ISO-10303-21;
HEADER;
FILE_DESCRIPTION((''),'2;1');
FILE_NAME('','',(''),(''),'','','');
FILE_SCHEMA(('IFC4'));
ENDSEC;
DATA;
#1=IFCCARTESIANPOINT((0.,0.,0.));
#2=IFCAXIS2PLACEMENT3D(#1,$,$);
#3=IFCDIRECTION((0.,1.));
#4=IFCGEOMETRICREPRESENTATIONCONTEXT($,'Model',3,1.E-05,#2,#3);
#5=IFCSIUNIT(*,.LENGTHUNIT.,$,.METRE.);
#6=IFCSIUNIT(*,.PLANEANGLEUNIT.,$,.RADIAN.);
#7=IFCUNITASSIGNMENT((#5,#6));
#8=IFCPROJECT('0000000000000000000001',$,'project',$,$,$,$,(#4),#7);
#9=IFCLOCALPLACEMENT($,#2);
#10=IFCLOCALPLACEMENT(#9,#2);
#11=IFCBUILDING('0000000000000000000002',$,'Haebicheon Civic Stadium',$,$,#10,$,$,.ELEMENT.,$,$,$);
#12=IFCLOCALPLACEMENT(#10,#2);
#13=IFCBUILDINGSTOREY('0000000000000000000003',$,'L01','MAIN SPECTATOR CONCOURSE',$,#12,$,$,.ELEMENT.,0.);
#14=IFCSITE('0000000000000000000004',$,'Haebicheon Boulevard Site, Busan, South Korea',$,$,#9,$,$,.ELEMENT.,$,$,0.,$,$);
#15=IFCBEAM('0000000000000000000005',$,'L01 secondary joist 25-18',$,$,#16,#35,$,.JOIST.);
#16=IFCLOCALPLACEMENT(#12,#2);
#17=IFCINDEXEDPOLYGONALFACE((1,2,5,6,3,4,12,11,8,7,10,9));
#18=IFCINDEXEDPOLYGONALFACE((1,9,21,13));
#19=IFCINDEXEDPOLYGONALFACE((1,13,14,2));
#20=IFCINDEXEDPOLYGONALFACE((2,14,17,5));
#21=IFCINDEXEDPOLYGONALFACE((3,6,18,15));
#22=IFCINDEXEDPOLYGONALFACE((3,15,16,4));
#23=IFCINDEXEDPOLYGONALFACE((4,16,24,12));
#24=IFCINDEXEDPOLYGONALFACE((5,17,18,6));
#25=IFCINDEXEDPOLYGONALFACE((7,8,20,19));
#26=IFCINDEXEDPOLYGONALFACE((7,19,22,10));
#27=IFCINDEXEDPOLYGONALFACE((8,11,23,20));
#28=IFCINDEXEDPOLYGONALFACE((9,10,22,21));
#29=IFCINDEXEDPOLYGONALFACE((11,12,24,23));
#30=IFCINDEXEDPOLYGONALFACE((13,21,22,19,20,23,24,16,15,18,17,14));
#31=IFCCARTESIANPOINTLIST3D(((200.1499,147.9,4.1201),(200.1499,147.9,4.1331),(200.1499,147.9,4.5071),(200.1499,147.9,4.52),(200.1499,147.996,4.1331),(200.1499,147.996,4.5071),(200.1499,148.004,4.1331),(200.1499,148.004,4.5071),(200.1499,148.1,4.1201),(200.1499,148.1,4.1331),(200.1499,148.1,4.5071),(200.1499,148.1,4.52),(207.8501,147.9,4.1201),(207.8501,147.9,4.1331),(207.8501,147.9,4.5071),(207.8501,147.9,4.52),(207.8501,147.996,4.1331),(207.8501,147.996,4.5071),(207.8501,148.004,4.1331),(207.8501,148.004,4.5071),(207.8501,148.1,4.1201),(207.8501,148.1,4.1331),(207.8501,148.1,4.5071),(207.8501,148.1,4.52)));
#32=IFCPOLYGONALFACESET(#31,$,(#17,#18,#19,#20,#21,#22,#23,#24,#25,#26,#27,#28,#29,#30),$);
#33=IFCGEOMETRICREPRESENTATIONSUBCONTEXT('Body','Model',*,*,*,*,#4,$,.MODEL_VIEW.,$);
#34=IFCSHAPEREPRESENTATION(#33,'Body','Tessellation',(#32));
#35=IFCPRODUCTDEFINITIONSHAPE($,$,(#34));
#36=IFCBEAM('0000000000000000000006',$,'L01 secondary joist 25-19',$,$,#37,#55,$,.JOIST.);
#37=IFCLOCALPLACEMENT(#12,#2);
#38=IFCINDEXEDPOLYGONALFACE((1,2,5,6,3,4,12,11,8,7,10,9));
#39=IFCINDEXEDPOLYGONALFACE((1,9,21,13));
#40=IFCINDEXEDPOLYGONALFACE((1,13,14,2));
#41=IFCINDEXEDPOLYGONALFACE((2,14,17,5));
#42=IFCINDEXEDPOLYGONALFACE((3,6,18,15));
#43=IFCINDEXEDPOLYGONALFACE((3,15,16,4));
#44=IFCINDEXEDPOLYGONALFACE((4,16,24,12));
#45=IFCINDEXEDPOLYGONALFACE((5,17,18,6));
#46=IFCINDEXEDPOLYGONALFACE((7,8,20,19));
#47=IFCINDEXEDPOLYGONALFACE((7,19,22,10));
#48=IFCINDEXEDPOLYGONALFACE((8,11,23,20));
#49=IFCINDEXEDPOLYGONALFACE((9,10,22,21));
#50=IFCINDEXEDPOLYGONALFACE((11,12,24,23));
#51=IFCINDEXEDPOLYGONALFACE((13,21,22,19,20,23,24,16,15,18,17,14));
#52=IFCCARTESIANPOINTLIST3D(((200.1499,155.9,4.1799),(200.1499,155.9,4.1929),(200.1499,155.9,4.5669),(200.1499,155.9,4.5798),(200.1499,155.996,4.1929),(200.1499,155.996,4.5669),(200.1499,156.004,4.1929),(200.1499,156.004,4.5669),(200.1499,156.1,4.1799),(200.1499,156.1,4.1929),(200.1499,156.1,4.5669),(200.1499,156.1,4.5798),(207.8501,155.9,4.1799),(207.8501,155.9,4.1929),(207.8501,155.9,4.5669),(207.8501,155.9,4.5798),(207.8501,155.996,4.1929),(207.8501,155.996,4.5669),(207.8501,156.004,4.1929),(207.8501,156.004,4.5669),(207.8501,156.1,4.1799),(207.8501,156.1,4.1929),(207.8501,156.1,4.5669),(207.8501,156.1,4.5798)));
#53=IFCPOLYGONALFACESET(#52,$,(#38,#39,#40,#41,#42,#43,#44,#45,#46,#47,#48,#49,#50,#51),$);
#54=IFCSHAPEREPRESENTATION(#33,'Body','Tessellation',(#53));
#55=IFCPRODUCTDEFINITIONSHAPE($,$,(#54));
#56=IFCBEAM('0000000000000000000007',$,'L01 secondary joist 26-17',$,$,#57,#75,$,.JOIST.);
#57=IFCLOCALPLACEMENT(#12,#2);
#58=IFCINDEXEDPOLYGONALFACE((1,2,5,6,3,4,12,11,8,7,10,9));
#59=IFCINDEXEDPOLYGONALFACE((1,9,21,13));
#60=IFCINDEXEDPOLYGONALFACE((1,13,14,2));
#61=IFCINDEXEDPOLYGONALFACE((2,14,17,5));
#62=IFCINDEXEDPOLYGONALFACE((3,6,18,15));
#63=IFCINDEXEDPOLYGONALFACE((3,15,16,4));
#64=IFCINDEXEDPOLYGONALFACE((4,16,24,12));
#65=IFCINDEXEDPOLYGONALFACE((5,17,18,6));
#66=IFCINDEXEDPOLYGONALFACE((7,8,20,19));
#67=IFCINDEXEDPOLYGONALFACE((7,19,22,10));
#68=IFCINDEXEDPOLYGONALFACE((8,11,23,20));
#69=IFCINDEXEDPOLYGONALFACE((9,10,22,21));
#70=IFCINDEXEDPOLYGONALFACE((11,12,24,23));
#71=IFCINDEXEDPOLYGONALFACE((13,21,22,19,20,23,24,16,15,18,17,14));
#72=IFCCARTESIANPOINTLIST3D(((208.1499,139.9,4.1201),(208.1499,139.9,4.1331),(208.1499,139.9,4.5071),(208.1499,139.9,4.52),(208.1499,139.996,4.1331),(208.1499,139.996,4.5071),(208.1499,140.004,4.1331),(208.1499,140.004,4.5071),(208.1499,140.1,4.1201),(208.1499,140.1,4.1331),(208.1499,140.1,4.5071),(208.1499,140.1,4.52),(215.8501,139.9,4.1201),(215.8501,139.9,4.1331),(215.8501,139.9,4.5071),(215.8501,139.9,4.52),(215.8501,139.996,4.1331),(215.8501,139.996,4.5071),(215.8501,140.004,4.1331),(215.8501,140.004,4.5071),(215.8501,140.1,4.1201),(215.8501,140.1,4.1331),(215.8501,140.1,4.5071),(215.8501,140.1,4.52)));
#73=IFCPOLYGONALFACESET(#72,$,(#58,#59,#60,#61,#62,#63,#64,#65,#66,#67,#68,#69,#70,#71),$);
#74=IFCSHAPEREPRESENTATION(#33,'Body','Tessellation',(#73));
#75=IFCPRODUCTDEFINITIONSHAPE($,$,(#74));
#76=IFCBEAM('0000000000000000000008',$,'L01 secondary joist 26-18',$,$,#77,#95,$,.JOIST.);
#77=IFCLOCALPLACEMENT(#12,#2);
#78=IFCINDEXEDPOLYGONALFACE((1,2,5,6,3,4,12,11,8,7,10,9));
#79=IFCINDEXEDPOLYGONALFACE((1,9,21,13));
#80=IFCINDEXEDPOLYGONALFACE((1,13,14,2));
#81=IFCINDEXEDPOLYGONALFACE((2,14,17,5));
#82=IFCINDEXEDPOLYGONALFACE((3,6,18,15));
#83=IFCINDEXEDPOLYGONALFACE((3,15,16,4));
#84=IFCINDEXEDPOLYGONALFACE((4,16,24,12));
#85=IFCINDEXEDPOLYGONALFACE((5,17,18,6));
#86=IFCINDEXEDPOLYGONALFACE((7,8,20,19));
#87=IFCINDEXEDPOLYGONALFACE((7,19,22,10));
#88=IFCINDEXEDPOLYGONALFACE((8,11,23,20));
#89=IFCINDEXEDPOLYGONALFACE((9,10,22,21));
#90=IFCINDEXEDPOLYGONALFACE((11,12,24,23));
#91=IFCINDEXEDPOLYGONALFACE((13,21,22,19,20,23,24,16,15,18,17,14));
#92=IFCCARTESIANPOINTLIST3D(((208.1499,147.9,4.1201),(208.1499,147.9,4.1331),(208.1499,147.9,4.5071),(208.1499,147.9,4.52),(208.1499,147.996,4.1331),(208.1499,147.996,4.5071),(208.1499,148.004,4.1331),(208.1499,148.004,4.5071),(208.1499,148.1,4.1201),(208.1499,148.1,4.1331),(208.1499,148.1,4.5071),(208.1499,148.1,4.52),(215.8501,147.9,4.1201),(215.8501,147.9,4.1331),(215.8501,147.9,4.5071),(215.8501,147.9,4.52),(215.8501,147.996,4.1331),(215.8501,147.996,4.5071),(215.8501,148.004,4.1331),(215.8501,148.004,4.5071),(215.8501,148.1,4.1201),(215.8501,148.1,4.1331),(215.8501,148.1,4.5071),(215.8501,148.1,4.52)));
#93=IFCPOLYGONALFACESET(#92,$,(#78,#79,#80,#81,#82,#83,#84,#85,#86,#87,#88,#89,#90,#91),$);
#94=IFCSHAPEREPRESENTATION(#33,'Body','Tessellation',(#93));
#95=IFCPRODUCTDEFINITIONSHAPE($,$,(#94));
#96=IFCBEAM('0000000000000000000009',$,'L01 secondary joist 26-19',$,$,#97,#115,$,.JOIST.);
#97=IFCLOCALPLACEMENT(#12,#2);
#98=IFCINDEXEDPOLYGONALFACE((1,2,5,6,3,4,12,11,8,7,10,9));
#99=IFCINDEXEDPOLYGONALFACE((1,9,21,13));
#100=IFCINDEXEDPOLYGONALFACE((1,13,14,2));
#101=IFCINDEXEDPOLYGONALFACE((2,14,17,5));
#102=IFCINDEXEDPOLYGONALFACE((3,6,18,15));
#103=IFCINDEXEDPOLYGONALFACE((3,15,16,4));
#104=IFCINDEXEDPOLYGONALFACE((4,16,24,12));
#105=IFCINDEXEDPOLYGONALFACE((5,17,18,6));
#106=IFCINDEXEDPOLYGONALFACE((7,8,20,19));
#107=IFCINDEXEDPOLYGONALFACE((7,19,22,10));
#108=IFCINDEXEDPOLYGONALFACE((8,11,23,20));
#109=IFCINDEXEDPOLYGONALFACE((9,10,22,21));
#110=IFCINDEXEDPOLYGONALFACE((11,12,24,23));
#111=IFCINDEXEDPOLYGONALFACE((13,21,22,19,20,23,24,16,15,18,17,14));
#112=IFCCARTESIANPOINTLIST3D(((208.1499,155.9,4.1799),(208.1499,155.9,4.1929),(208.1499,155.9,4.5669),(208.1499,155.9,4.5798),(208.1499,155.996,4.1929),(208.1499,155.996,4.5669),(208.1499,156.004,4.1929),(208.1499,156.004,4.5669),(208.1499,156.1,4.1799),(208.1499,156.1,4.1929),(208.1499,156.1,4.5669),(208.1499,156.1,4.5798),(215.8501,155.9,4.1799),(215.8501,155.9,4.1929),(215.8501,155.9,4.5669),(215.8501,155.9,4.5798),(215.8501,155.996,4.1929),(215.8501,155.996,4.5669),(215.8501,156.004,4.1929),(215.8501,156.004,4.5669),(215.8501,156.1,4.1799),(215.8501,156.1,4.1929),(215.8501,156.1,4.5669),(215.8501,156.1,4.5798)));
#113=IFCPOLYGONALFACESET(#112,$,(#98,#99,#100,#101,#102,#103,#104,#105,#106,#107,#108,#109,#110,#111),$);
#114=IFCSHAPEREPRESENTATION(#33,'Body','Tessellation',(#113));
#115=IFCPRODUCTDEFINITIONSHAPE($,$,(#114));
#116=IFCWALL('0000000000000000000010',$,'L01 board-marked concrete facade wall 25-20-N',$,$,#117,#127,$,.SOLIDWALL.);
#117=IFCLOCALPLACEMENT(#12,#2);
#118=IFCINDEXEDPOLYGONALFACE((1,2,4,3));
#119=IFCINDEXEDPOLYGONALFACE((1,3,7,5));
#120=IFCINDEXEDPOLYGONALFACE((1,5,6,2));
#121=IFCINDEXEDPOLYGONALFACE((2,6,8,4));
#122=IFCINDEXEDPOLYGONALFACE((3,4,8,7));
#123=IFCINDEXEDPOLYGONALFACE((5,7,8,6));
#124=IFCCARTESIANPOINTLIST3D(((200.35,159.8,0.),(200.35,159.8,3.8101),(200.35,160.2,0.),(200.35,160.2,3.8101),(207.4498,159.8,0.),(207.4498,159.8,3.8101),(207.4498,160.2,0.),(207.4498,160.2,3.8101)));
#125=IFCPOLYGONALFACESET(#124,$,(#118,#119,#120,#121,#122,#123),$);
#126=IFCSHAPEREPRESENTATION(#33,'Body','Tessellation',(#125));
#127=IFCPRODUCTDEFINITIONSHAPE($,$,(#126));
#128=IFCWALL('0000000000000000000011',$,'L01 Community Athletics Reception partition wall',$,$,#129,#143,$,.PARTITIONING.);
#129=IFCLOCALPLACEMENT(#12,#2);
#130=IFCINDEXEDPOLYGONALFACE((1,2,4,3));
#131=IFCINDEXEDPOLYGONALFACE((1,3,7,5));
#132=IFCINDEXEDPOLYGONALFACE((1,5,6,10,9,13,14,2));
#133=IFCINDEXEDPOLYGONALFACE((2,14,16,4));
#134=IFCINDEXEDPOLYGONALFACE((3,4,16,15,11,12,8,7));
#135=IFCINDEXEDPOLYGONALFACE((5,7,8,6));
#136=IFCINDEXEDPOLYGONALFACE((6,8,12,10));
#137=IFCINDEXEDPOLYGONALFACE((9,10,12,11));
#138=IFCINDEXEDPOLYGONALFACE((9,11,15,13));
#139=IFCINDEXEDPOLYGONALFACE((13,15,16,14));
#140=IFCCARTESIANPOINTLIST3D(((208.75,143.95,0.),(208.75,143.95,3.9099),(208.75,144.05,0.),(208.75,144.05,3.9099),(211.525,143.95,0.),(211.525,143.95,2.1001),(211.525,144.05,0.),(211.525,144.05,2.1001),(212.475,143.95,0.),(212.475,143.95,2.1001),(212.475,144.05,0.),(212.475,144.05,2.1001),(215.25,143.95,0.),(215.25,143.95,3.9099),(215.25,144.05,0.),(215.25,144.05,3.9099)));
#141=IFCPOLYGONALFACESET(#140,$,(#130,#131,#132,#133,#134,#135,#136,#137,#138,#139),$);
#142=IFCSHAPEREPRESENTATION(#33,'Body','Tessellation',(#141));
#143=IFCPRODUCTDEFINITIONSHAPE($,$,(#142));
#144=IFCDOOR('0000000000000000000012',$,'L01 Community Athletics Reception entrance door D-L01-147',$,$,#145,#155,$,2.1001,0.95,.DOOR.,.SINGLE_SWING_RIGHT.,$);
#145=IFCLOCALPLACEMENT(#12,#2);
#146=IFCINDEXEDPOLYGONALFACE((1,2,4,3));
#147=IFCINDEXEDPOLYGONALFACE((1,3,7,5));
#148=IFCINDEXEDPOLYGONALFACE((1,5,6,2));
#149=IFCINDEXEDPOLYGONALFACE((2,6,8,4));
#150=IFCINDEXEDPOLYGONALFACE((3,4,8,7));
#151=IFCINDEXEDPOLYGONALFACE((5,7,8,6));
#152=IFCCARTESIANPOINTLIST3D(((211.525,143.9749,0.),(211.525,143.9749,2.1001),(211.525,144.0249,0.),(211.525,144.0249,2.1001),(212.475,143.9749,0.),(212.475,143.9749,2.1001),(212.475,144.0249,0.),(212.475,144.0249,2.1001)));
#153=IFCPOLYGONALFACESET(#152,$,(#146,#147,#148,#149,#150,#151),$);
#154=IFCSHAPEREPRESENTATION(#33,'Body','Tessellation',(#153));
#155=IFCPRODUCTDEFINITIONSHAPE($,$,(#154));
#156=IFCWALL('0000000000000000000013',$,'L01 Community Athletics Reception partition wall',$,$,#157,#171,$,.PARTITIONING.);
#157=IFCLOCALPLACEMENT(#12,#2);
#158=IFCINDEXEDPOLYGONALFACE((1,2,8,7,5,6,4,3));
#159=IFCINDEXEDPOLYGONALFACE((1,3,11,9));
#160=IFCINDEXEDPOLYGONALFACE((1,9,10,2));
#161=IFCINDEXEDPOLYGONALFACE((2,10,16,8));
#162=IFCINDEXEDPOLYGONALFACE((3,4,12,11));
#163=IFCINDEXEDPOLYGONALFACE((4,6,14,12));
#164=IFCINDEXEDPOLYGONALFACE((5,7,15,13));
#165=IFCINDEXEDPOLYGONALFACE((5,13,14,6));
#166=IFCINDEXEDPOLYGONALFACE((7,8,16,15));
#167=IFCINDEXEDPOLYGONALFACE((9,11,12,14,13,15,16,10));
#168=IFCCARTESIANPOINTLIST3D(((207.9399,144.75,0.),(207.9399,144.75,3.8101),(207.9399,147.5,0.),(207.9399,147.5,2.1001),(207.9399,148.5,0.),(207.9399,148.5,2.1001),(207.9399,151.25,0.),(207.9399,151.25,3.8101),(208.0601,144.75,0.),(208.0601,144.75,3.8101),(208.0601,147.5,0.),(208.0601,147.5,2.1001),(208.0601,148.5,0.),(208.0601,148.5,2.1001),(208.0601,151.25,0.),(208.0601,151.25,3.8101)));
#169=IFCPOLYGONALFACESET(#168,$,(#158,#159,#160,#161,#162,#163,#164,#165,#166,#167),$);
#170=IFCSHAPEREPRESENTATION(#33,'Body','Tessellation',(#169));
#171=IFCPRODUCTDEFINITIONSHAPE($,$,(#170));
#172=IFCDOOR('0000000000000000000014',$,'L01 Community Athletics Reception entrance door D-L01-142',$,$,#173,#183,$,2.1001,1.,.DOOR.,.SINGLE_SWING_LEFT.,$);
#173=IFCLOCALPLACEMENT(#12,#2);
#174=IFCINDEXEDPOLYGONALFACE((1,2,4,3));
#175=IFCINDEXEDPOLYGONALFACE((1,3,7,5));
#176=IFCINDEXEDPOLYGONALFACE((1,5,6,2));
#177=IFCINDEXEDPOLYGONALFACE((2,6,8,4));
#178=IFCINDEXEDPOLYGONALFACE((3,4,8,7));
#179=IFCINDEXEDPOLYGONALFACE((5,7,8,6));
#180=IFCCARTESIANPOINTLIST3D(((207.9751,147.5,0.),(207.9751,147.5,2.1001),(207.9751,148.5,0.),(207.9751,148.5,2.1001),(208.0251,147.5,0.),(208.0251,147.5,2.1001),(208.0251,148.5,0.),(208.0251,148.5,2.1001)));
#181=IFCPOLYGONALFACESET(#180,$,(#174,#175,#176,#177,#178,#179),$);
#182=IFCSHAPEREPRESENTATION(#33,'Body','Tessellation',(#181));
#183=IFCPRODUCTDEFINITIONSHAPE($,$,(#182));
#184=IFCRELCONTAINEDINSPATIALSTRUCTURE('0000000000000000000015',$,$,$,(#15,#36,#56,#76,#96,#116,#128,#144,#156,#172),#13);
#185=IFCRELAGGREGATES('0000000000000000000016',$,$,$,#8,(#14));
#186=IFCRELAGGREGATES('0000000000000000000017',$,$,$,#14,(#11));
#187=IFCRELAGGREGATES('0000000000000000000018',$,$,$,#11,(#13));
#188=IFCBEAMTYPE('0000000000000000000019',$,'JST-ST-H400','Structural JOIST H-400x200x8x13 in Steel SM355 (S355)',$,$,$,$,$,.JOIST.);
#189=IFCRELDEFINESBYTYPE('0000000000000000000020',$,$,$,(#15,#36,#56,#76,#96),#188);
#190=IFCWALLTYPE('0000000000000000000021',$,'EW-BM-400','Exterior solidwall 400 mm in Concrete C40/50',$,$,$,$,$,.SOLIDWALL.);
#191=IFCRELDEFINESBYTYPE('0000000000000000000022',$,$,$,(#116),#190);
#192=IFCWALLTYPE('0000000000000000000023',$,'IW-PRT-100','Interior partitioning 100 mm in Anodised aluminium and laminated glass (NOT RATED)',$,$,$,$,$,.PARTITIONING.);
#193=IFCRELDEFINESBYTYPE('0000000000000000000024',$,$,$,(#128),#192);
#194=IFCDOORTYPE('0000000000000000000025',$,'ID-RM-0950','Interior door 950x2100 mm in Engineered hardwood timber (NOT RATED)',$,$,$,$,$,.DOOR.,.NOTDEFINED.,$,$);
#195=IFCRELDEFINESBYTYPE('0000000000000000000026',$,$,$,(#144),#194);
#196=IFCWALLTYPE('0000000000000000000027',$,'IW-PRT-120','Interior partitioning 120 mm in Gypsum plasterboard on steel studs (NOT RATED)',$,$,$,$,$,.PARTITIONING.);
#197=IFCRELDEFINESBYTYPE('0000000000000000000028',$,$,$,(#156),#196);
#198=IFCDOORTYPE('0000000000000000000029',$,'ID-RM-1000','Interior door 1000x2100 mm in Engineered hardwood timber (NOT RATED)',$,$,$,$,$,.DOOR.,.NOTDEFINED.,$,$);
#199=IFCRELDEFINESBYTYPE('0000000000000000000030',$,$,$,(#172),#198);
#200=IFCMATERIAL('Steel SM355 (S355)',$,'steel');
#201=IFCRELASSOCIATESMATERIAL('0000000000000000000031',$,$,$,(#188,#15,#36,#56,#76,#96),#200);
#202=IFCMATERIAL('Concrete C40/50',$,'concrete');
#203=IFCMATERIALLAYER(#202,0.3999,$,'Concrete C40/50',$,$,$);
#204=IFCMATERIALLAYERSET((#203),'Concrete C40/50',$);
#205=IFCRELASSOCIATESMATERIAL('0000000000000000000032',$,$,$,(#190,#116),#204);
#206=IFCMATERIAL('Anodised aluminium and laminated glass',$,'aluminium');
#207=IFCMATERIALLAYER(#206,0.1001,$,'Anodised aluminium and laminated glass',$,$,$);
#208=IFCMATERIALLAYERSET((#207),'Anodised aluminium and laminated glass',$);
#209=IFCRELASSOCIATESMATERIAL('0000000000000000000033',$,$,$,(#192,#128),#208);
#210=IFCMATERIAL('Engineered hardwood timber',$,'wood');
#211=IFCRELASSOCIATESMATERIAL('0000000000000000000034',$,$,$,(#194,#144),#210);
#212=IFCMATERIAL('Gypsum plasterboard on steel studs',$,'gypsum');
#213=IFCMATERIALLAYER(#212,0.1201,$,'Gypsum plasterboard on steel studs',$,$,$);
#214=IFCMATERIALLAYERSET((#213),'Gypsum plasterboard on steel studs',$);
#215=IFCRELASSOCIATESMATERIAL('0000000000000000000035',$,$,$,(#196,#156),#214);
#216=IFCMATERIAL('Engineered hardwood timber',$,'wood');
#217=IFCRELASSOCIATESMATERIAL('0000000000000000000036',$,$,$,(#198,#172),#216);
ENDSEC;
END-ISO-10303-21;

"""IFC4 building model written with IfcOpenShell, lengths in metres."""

from ifc_helpers import new_model, si_unit, direction, frame, frame_2d, origin, origin_2d, place, context, subcontext, project, spatial, rectangle, i_section, extrude, material, layer, layer_set, material_profile, profile_set, type_object, element, fill, save


model = new_model("IFC4")

# Units and contexts
model_context = context("Model", 3, precision=1e-05, world=origin(), true_north=direction((0.0, 1.0)))
body_context = subcontext(model_context, "Body", "Model", "MODEL_VIEW")
ifc_project = project(units=[si_unit("LENGTHUNIT", "METRE"), si_unit("PLANEANGLEUNIT", "RADIAN")], contexts=[model_context])

# Site, building, storey
site_placement = place(None, origin())
site = spatial("IfcSite", under=ifc_project, at=site_placement, Name="Haebicheon Boulevard Site, Busan, South Korea", CompositionType="ELEMENT", RefElevation=0.0)
building_placement = place(site_placement, origin())
building = spatial("IfcBuilding", under=site, at=building_placement, Name="Haebicheon Civic Stadium", CompositionType="ELEMENT")
storey_placement = place(building_placement, origin())
storey = spatial("IfcBuildingStorey", under=building, at=storey_placement, Name="L01", Description="MAIN SPECTATOR CONCOURSE", CompositionType="ELEMENT", Elevation=0.0)

# Beams
ifc_material_1 = material(Name="Steel SM355 (S355)", Category="steel")
ifc_material_profile_1 = material_profile(ifc_material_1, i_section(OverallWidth=0.2, OverallDepth=0.3999, WebThickness=0.0081, FlangeThickness=0.0129, at=origin_2d()), Name="H-400x200x8x13")
ifc_profile_set_1 = profile_set([ifc_material_profile_1], Name="Steel SM355 (S355)")
beam_type_1 = type_object("IfcBeamType", Name="JST-ST-H400", Description="Structural JOIST H-400x200x8x13 in Steel SM355 (S355)", PredefinedType="JOIST", material=ifc_profile_set_1)
for number, where, z_axis, x_axis, name in (
    (1, (200.1499, 148.0, 4.3201), (1.0, 0.0, 0.0), (0.0, 1.0, 0.0), "L01 secondary joist 25-18"),
    (2, (200.1499, 156.0, 4.3799), (1.0, 0.0, 0.0), (0.0, 1.0, 0.0), "L01 secondary joist 25-19"),
    (3, (208.1499, 140.0, 4.3201), (1.0, 0.0, 0.0), (0.0, 1.0, 0.0), "L01 secondary joist 26-17"),
    (4, (208.1499, 148.0, 4.3201), (1.0, 0.0, 0.0), (0.0, 1.0, 0.0), "L01 secondary joist 26-18"),
    (5, (208.1499, 156.0, 4.3799), (1.0, 0.0, 0.0), (0.0, 1.0, 0.0), "L01 secondary joist 26-19"),
):
    element("IfcBeam", number, at=place(storey_placement, frame(where, z_axis=z_axis, x_axis=x_axis)), inside=storey, type_object=beam_type_1, material=ifc_profile_set_1, Name=name, PredefinedType="JOIST", context=body_context, shape_type="SweptSolid", body=[
        extrude(i_section(OverallWidth=0.2, OverallDepth=0.3999, WebThickness=0.0081, FlangeThickness=0.0129, at=origin_2d()), origin(), (0.0, 0.0, 1.0), 7.7002),
    ])

# Wall
ifc_material_2 = material(Name="Concrete C40/50", Category="concrete")
ifc_layer_1 = layer(ifc_material_2, 0.3999, Name="Concrete C40/50")
ifc_layer_set_1 = layer_set([ifc_layer_1], Name="Concrete C40/50")
wall_type_1 = type_object("IfcWallType", Name="EW-BM-400", Description="Exterior solidwall 400 mm in Concrete C40/50", PredefinedType="SOLIDWALL", material=ifc_layer_set_1)
wall_1_placement = place(storey_placement, frame((200.3501, 160.0, 0.0), z_axis=(0.0, 0.0, 1.0), x_axis=(1.0, 0.0, 0.0)))
element("IfcWall", 6, at=wall_1_placement, inside=storey, type_object=wall_type_1, material=ifc_layer_set_1, Name="L01 board-marked concrete facade wall 25-20-N", PredefinedType="SOLIDWALL", context=body_context, shape_type="SweptSolid", body=[
    extrude(rectangle(XDim=7.0999, YDim=0.3999, at=frame_2d((3.5498, 0.0))), origin(), (0.0, 0.0, 1.0), 3.8101),
])

# Walls, openings, doors
ifc_material_3 = material(Name="Anodised aluminium and laminated glass", Category="aluminium")
ifc_layer_2 = layer(ifc_material_3, 0.1001, Name="Anodised aluminium and laminated glass")
ifc_layer_set_2 = layer_set([ifc_layer_2], Name="Anodised aluminium and laminated glass")
wall_type_2 = type_object("IfcWallType", Name="IW-PRT-100", Description="Interior partitioning 100 mm in Anodised aluminium and laminated glass (NOT RATED)", PredefinedType="PARTITIONING", material=ifc_layer_set_2)
wall_2_placement = place(storey_placement, frame((208.75, 144.0, 0.0), z_axis=(0.0, 0.0, 1.0), x_axis=(1.0, 0.0, 0.0)))
wall_2 = element("IfcWall", 7, at=wall_2_placement, inside=storey, type_object=wall_type_2, material=ifc_layer_set_2, Name="L01 Community Athletics Reception partition wall", PredefinedType="PARTITIONING", context=body_context, shape_type="SweptSolid", body=[
    extrude(rectangle(XDim=6.5, YDim=0.1001, at=frame_2d((3.25, 0.0))), origin(), (0.0, 0.0, 1.0), 3.9099),
])
opening_1_placement = place(wall_2_placement, frame((2.7749, 0.0, 0.0)))
opening_1 = element("IfcOpeningElement", 8, at=opening_1_placement, cuts=wall_2, PredefinedType="OPENING", context=body_context, shape_type="SweptSolid", body=[
    extrude(rectangle(XDim=0.95, YDim=2.1001, at=frame_2d((0.4751, 1.05))), frame((0.0, 0.0601, 0.0), z_axis=(0.0, -1.0, 0.0), x_axis=(1.0, 0.0, 0.0)), (0.0, 0.0, 1.0), 0.1201),
])
ifc_material_4 = material(Name="Engineered hardwood timber", Category="wood")
door_type_1 = type_object("IfcDoorType", Name="ID-RM-0950", Description="Interior door 950x2100 mm in Engineered hardwood timber (NOT RATED)", OperationType="NOTDEFINED", PredefinedType="DOOR", material=ifc_material_4)
door_1_placement = place(opening_1_placement, origin())
door_1 = element("IfcDoor", 9, at=door_1_placement, inside=storey, type_object=door_type_1, material=ifc_material_4, Name="L01 Community Athletics Reception entrance door D-L01-147", OperationType="SINGLE_SWING_RIGHT", OverallHeight=2.1001, OverallWidth=0.95, PredefinedType="DOOR", context=body_context, shape_type="SweptSolid", body=[
    extrude(rectangle(XDim=0.95, YDim=2.1001, at=frame_2d((0.4751, 1.05))), frame((0.0, 0.0249, 0.0), z_axis=(0.0, -1.0, 0.0), x_axis=(1.0, 0.0, 0.0)), (0.0, 0.0, 1.0), 0.05),
])
fill(opening_1, door_1)
ifc_material_5 = material(Name="Gypsum plasterboard on steel studs", Category="gypsum")
ifc_layer_3 = layer(ifc_material_5, 0.1201, Name="Gypsum plasterboard on steel studs")
ifc_layer_set_3 = layer_set([ifc_layer_3], Name="Gypsum plasterboard on steel studs")
wall_type_3 = type_object("IfcWallType", Name="IW-PRT-120", Description="Interior partitioning 120 mm in Gypsum plasterboard on steel studs (NOT RATED)", PredefinedType="PARTITIONING", material=ifc_layer_set_3)
wall_3_placement = place(storey_placement, frame((208.0, 144.75, 0.0), z_axis=(0.0, 0.0, 1.0), x_axis=(0.0, 1.0, 0.0)))
wall_3 = element("IfcWall", 10, at=wall_3_placement, inside=storey, type_object=wall_type_3, material=ifc_layer_set_3, Name="L01 Community Athletics Reception partition wall", PredefinedType="PARTITIONING", context=body_context, shape_type="SweptSolid", body=[
    extrude(rectangle(XDim=6.5, YDim=0.1201, at=frame_2d((3.25, 0.0))), origin(), (0.0, 0.0, 1.0), 3.8101),
])
opening_2_placement = place(wall_3_placement, frame((2.75, 0.0, 0.0)))
opening_2 = element("IfcOpeningElement", 11, at=opening_2_placement, cuts=wall_3, PredefinedType="OPENING", context=body_context, shape_type="SweptSolid", body=[
    extrude(rectangle(XDim=1.0, YDim=2.1001, at=frame_2d((0.5, 1.05))), frame((0.0, 0.0701, 0.0), z_axis=(0.0, -1.0, 0.0), x_axis=(1.0, 0.0, 0.0)), (0.0, 0.0, 1.0), 0.1401),
])
ifc_material_6 = material(Name="Engineered hardwood timber", Category="wood")
door_type_2 = type_object("IfcDoorType", Name="ID-RM-1000", Description="Interior door 1000x2100 mm in Engineered hardwood timber (NOT RATED)", OperationType="NOTDEFINED", PredefinedType="DOOR", material=ifc_material_6)
door_2_placement = place(opening_2_placement, origin())
door_2 = element("IfcDoor", 12, at=door_2_placement, inside=storey, type_object=door_type_2, material=ifc_material_6, Name="L01 Community Athletics Reception entrance door D-L01-142", OperationType="SINGLE_SWING_LEFT", OverallHeight=2.1001, OverallWidth=1.0, PredefinedType="DOOR", context=body_context, shape_type="SweptSolid", body=[
    extrude(rectangle(XDim=1.0, YDim=2.1001, at=frame_2d((0.5, 1.05))), frame((0.0, 0.0249, 0.0), z_axis=(0.0, -1.0, 0.0), x_axis=(1.0, 0.0, 0.0)), (0.0, 0.0, 1.0), 0.05),
])
fill(opening_2, door_2)

save(model, "model.ifc")
